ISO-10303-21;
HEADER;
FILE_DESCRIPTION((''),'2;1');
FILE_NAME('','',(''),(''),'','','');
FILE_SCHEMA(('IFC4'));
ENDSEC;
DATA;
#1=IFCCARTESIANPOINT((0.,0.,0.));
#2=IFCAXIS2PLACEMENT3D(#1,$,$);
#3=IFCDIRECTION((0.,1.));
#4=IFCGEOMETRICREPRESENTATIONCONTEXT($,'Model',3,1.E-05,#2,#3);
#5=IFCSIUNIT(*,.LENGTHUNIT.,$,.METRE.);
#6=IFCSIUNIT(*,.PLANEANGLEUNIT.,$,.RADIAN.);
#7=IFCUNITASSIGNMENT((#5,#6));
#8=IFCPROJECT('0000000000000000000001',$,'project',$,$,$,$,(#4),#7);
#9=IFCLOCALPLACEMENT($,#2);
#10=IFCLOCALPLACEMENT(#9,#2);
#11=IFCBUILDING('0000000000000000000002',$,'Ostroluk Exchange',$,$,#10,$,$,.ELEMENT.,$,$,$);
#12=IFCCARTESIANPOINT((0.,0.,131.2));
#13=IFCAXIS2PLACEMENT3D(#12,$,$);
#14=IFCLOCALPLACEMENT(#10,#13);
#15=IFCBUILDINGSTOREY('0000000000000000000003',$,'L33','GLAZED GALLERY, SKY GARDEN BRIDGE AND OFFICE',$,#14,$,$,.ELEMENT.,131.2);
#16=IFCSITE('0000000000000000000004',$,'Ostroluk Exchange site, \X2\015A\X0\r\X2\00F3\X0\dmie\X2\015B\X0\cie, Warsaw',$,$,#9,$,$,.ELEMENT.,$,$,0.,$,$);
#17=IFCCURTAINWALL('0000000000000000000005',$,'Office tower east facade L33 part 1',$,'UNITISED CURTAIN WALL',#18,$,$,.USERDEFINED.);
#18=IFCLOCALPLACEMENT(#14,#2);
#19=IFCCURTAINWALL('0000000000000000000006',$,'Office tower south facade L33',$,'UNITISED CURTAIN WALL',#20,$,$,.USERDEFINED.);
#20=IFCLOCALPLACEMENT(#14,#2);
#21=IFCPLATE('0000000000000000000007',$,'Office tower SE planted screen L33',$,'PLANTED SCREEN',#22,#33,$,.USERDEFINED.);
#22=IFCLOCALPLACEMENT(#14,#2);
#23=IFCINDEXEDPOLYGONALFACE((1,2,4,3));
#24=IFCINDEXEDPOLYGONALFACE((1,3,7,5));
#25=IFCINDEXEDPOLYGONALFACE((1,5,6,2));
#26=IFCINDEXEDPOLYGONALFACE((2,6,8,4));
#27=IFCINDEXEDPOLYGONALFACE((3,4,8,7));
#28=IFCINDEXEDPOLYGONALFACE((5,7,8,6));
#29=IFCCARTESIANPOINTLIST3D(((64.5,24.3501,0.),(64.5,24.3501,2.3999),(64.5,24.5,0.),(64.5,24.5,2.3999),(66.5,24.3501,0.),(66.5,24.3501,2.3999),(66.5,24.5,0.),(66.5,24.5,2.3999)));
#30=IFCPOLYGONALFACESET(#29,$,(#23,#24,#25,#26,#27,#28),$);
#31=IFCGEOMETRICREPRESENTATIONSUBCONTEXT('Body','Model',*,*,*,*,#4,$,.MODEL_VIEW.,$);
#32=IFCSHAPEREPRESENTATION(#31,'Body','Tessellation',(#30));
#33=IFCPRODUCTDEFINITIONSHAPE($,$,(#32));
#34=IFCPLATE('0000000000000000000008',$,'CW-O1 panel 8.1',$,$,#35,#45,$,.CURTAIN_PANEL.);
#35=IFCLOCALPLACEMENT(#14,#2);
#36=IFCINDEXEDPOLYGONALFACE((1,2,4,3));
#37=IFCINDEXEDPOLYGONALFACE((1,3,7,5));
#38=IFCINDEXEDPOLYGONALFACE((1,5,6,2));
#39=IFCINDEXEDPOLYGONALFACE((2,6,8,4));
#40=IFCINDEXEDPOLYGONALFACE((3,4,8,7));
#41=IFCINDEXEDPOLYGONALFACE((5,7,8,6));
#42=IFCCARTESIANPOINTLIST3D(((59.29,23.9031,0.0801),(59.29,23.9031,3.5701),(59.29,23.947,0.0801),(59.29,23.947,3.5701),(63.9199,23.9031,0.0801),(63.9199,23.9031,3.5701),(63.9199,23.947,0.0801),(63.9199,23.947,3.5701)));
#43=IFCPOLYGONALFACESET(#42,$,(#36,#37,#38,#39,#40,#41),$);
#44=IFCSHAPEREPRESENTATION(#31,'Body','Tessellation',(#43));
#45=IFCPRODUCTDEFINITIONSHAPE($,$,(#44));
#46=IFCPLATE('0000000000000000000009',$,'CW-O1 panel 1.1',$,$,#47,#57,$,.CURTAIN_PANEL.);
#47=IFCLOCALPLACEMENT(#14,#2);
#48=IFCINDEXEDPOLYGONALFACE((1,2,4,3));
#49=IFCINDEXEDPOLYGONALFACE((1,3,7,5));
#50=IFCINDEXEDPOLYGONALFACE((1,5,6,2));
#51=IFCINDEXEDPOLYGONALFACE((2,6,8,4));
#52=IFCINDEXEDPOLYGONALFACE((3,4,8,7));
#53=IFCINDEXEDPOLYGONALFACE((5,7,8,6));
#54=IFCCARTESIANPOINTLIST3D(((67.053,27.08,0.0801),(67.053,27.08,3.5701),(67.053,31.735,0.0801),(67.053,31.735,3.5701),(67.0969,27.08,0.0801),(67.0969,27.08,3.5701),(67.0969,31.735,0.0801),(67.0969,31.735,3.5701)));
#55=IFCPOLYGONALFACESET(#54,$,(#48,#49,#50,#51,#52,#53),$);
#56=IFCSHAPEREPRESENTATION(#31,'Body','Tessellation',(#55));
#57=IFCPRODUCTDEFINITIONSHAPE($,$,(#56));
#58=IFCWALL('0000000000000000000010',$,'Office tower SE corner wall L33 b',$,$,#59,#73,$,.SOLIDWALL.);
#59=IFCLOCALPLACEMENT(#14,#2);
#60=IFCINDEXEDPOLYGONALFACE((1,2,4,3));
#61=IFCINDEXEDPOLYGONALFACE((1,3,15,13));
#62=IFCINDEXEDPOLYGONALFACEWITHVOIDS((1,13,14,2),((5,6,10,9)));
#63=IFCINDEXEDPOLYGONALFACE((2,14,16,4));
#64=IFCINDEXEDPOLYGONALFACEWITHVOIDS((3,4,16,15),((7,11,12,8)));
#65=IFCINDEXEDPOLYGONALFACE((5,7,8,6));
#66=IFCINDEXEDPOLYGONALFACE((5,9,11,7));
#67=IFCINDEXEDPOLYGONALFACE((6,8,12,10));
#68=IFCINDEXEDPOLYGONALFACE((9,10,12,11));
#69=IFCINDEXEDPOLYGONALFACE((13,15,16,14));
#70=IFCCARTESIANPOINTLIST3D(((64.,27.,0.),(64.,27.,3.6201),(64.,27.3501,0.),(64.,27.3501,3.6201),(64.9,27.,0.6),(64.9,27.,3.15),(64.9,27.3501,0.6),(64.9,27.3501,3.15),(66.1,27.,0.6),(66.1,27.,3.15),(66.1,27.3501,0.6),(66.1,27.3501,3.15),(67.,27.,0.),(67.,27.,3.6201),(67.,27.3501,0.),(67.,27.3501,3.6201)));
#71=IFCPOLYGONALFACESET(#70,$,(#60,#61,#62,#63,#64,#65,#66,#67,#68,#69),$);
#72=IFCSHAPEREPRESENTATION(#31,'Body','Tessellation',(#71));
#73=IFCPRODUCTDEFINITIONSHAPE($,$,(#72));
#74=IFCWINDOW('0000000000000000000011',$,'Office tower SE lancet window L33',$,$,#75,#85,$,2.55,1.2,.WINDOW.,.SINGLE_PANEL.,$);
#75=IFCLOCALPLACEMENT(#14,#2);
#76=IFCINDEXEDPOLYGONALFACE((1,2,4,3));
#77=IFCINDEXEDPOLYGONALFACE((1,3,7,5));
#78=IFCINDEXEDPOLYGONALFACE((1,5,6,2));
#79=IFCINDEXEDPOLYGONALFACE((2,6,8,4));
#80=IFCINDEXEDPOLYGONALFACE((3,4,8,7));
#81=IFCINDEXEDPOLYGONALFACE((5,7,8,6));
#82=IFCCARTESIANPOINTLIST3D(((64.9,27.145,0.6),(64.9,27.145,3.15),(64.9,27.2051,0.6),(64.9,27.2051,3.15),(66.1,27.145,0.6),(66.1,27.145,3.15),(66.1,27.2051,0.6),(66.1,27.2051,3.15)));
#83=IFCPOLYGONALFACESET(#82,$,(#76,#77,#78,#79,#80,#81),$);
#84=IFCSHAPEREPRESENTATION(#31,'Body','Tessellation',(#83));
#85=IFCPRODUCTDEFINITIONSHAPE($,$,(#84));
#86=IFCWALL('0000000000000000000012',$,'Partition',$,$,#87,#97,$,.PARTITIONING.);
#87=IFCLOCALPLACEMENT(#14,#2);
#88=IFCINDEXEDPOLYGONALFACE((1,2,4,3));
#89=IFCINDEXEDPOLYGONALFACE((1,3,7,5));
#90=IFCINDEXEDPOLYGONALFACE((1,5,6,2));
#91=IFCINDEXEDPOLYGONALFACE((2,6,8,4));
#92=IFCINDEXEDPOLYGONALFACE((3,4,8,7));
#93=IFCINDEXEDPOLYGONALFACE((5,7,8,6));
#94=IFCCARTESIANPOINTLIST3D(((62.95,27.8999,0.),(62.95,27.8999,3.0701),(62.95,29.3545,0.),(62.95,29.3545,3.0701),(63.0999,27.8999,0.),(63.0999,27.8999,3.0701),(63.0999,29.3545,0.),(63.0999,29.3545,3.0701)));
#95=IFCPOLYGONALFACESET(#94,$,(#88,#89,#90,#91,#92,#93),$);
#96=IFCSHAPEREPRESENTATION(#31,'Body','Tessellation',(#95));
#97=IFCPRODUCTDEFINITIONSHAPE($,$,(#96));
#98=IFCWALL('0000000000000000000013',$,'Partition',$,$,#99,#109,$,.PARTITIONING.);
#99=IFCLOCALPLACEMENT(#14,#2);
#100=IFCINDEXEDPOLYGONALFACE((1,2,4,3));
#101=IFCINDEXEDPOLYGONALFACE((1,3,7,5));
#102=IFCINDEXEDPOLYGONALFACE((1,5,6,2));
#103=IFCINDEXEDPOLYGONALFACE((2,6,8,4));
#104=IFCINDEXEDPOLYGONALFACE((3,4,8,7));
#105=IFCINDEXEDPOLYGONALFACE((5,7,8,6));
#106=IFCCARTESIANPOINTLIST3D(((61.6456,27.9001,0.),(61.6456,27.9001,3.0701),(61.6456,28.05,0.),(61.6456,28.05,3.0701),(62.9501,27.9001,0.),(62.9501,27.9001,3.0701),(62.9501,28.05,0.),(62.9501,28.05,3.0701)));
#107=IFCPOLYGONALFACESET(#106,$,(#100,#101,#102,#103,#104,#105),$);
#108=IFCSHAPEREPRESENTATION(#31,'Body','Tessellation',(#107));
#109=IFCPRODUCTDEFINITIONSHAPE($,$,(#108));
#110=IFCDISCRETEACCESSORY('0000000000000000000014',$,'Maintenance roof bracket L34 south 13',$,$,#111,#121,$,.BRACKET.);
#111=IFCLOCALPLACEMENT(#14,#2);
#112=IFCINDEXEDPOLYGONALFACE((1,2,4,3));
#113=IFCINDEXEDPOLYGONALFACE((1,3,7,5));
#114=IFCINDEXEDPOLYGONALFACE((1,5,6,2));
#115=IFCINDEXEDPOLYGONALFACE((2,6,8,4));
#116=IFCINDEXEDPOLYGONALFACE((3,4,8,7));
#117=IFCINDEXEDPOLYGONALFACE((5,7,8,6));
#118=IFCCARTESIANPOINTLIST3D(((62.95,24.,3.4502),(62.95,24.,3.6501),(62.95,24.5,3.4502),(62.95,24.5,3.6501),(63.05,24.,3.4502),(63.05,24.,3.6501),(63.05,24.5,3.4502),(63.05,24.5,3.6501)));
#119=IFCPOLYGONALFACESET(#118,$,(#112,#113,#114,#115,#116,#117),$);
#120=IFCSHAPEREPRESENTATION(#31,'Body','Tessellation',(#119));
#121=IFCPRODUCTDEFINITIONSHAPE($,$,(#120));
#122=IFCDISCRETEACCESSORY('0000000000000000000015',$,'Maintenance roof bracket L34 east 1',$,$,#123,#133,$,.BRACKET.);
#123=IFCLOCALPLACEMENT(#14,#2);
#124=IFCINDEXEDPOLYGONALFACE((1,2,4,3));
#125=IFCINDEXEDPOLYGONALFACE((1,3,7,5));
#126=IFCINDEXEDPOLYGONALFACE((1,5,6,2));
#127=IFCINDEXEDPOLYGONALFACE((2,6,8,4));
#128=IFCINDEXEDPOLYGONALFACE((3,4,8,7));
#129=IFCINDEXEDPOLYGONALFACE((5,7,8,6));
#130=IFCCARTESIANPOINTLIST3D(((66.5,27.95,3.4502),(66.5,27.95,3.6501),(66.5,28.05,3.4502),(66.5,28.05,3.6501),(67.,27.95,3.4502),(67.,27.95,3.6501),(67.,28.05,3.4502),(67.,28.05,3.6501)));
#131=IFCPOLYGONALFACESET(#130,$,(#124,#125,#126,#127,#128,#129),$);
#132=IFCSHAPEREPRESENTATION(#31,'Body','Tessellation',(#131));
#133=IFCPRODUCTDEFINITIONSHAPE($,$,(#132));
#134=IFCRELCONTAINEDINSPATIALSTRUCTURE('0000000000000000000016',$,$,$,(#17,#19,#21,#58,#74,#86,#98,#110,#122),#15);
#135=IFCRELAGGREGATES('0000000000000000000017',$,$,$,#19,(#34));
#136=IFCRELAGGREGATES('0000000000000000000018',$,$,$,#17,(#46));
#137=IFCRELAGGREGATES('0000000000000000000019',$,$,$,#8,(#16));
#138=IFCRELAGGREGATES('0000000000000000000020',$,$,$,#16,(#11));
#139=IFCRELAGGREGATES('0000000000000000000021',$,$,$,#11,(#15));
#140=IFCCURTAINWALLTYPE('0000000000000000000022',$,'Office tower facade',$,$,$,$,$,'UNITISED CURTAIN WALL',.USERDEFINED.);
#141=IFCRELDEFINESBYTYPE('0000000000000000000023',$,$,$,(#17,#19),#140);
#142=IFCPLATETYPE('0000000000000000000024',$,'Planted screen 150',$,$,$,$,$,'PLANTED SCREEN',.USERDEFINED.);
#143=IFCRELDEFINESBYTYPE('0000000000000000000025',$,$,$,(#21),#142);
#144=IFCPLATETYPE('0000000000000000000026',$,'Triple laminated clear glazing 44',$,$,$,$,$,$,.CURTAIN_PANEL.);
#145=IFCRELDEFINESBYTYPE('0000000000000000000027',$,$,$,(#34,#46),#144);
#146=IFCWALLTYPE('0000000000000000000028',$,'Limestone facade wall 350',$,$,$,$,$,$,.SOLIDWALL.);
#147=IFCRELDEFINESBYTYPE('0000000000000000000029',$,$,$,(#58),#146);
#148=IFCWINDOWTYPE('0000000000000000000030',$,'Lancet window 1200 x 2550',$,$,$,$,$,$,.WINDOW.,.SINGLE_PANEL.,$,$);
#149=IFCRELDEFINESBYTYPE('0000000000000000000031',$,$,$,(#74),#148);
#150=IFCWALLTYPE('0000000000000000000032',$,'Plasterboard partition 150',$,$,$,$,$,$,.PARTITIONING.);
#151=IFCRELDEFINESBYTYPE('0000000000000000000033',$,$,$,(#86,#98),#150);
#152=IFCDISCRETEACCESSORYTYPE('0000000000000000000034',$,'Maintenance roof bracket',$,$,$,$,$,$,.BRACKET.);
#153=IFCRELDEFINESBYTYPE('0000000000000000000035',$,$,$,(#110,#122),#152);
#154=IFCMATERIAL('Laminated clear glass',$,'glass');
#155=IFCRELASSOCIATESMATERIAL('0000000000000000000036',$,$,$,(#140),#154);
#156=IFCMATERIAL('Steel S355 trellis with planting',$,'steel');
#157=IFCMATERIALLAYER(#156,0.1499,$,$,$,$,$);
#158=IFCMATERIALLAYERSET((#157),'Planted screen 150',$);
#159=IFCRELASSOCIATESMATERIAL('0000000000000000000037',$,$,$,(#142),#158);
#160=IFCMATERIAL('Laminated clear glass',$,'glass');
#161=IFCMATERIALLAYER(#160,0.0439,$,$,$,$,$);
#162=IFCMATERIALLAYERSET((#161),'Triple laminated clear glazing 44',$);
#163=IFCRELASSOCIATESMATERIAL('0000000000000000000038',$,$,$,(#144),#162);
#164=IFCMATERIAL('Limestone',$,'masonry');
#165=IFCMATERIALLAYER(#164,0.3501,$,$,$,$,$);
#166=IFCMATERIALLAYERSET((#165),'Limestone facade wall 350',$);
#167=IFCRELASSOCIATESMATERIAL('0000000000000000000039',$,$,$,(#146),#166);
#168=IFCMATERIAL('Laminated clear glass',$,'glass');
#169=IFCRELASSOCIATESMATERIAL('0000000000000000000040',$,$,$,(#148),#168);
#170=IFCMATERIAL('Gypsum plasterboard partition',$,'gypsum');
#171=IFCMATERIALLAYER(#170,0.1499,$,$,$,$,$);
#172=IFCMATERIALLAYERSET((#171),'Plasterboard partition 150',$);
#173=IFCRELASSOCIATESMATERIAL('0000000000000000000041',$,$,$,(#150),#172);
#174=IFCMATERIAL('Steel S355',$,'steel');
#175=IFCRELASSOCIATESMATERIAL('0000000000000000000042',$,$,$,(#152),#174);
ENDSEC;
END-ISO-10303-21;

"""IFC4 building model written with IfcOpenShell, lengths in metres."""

from ifc_helpers import new_model, si_unit, direction, frame, frame_2d, origin, origin_2d, place, context, subcontext, project, spatial, rectangle, extrude, material, layer, layer_set, type_object, element, fill, aggregate, save


model = new_model("IFC4")

# Units and contexts
model_context = context("Model", 3, precision=1e-05, world=origin(), true_north=direction((0.0, 1.0)))
body_context = subcontext(model_context, "Body", "Model", "MODEL_VIEW")
ifc_project = project(units=[si_unit("LENGTHUNIT", "METRE"), si_unit("PLANEANGLEUNIT", "RADIAN")], contexts=[model_context])

# Site, building, storey
site_placement = place(None, origin())
site = spatial("IfcSite", under=ifc_project, at=site_placement, Name="Ostroluk Exchange site, Śródmieście, Warsaw", CompositionType="ELEMENT", RefElevation=0.0)
building_placement = place(site_placement, origin())
building = spatial("IfcBuilding", under=site, at=building_placement, Name="Ostroluk Exchange", CompositionType="ELEMENT")
storey_placement = place(building_placement, frame((0.0, 0.0, 131.2)))
storey = spatial("IfcBuildingStorey", under=building, at=storey_placement, Name="L33", Description="GLAZED GALLERY, SKY GARDEN BRIDGE AND OFFICE", CompositionType="ELEMENT", Elevation=131.2)

# Curtain wall
ifc_material_1 = material(Name="Laminated clear glass", Category="glass")
curtain_wall_type = type_object("IfcCurtainWallType", Name="Office tower facade", ElementType="UNITISED CURTAIN WALL", PredefinedType="USERDEFINED", material=ifc_material_1)
curtain_wall_1_placement = place(storey_placement, origin())
curtain_wall_1 = element("IfcCurtainWall", 1, at=curtain_wall_1_placement, inside=storey, type_object=curtain_wall_type, Name="Office tower east facade L33 part 1", ObjectType="UNITISED CURTAIN WALL", PredefinedType="USERDEFINED")

# Curtain wall
curtain_wall_2_placement = place(storey_placement, origin())
curtain_wall_2 = element("IfcCurtainWall", 2, at=curtain_wall_2_placement, inside=storey, type_object=curtain_wall_type, Name="Office tower south facade L33", ObjectType="UNITISED CURTAIN WALL", PredefinedType="USERDEFINED")

# Plates
ifc_material_2 = material(Name="Steel S355 trellis with planting", Category="steel")
ifc_layer_1 = layer(ifc_material_2, 0.1499)
ifc_layer_set_1 = layer_set([ifc_layer_1], Name="Planted screen 150")
plate_type_1 = type_object("IfcPlateType", Name="Planted screen 150", ElementType="PLANTED SCREEN", PredefinedType="USERDEFINED", material=ifc_layer_set_1)
plate_1_placement = place(storey_placement, frame((65.5, 24.425, 0.0), z_axis=(0.0, 0.0, 1.0), x_axis=(1.0, 0.0, 0.0)))
element("IfcPlate", 3, at=plate_1_placement, inside=storey, type_object=plate_type_1, Name="Office tower SE planted screen L33", ObjectType="PLANTED SCREEN", PredefinedType="USERDEFINED", context=body_context, shape_type="SweptSolid", body=[
    extrude(rectangle(XDim=2.0, YDim=0.1499, at=origin_2d()), origin(), (0.0, 0.0, 1.0), 2.3999),
])
ifc_material_3 = material(Name="Laminated clear glass", Category="glass")
ifc_layer_2 = layer(ifc_material_3, 0.0439)
ifc_layer_set_2 = layer_set([ifc_layer_2], Name="Triple laminated clear glazing 44")
plate_type_2 = type_object("IfcPlateType", Name="Triple laminated clear glazing 44", PredefinedType="CURTAIN_PANEL", material=ifc_layer_set_2)
plate_2_placement = place(storey_placement, frame((61.605, 23.925, 0.0801), z_axis=(0.0, 0.0, 1.0), x_axis=(1.0, 0.0, 0.0)))
plate_2 = element("IfcPlate", 4, at=plate_2_placement, type_object=plate_type_2, Name="CW-O1 panel 8.1", PredefinedType="CURTAIN_PANEL", context=body_context, shape_type="SweptSolid", body=[
    extrude(rectangle(XDim=4.6299, YDim=0.0439, at=origin_2d()), origin(), (0.0, 0.0, 1.0), 3.49),
])
aggregate(curtain_wall_2, [plate_2])
plate_3_placement = place(storey_placement, frame((67.075, 29.4075, 0.0801), z_axis=(0.0, 0.0, 1.0), x_axis=(0.0, 1.0, 0.0)))
plate_3 = element("IfcPlate", 5, at=plate_3_placement, type_object=plate_type_2, Name="CW-O1 panel 1.1", PredefinedType="CURTAIN_PANEL", context=body_context, shape_type="SweptSolid", body=[
    extrude(rectangle(XDim=4.655, YDim=0.0439, at=origin_2d()), origin(), (0.0, 0.0, 1.0), 3.49),
])
aggregate(curtain_wall_1, [plate_3])

# Shared definitions
ifc_material_4 = material(Name="Limestone", Category="masonry")
ifc_layer_3 = layer(ifc_material_4, 0.3501)
ifc_layer_set_3 = layer_set([ifc_layer_3], Name="Limestone facade wall 350")
wall_type_1 = type_object("IfcWallType", Name="Limestone facade wall 350", PredefinedType="SOLIDWALL", material=ifc_layer_set_3)

# Wall, opening, window
wall_1_placement = place(storey_placement, frame((64.0, 27.175, 0.0), z_axis=(0.0, 0.0, 1.0), x_axis=(1.0, 0.0, 0.0)))
wall_1 = element("IfcWall", 6, at=wall_1_placement, inside=storey, type_object=wall_type_1, Name="Office tower SE corner wall L33 b", PredefinedType="SOLIDWALL", context=body_context, shape_type="SweptSolid", body=[
    extrude(rectangle(XDim=3.0, YDim=0.3501, at=frame_2d((1.5, 0.0))), origin(), (0.0, 0.0, 1.0), 3.6201),
])
opening_1_placement = place(wall_1_placement, frame((0.8999, 0.0, 0.6001)))
opening_1 = element("IfcOpeningElement", 7, at=opening_1_placement, cuts=wall_1, PredefinedType="OPENING", context=body_context, shape_type="SweptSolid", body=[
    extrude(rectangle(XDim=1.2, YDim=2.55, at=frame_2d((0.6001, 1.2749))), frame((0.0, 0.1851, 0.0), z_axis=(0.0, -1.0, 0.0), x_axis=(1.0, 0.0, 0.0)), (0.0, 0.0, 1.0), 0.3701),
])
ifc_material_5 = material(Name="Laminated clear glass", Category="glass")
window_type = type_object("IfcWindowType", Name="Lancet window 1200 x 2550", PartitioningType="SINGLE_PANEL", PredefinedType="WINDOW", material=ifc_material_5)
window_placement = place(opening_1_placement, origin())
window = element("IfcWindow", 8, at=window_placement, inside=storey, type_object=window_type, Name="Office tower SE lancet window L33", OverallHeight=2.55, OverallWidth=1.2, PartitioningType="SINGLE_PANEL", PredefinedType="WINDOW", context=body_context, shape_type="SweptSolid", body=[
    extrude(rectangle(XDim=1.2, YDim=2.55, at=frame_2d((0.6001, 1.2749))), frame((0.0, 0.03, 0.0), z_axis=(0.0, -1.0, 0.0), x_axis=(1.0, 0.0, 0.0)), (0.0, 0.0, 1.0), 0.0601),
])
fill(opening_1, window)

# Walls
ifc_material_6 = material(Name="Gypsum plasterboard partition", Category="gypsum")
ifc_layer_4 = layer(ifc_material_6, 0.1499)
ifc_layer_set_4 = layer_set([ifc_layer_4], Name="Plasterboard partition 150")
wall_type_2 = type_object("IfcWallType", Name="Plasterboard partition 150", PredefinedType="PARTITIONING", material=ifc_layer_set_4)
wall_2_placement = place(storey_placement, frame((63.0249, 27.8999, 0.0), z_axis=(0.0, 0.0, 1.0), x_axis=(0.0, 1.0, 0.0)))
element("IfcWall", 9, at=wall_2_placement, inside=storey, type_object=wall_type_2, Name="Partition", PredefinedType="PARTITIONING", context=body_context, shape_type="SweptSolid", body=[
    extrude(rectangle(XDim=1.4546, YDim=0.1499, at=frame_2d((0.7273, 0.0))), origin(), (0.0, 0.0, 1.0), 3.0701),
])
wall_3_placement = place(storey_placement, frame((61.6455, 27.9751, 0.0), z_axis=(0.0, 0.0, 1.0), x_axis=(1.0, 0.0, 0.0)))
element("IfcWall", 10, at=wall_3_placement, inside=storey, type_object=wall_type_2, Name="Partition", PredefinedType="PARTITIONING", context=body_context, shape_type="SweptSolid", body=[
    extrude(rectangle(XDim=1.3044, YDim=0.1499, at=frame_2d((0.6523, 0.0))), origin(), (0.0, 0.0, 1.0), 3.0701),
])

# Discrete accessories
ifc_material_7 = material(Name="Steel S355", Category="steel")
discrete_accessory_type = type_object("IfcDiscreteAccessoryType", Name="Maintenance roof bracket", PredefinedType="BRACKET", material=ifc_material_7)
discrete_accessory_1_placement = place(storey_placement, frame((63.0, 24.25, 3.4502), z_axis=(0.0, 0.0, 1.0), x_axis=(1.0, 0.0, 0.0)))
element("IfcDiscreteAccessory", 11, at=discrete_accessory_1_placement, inside=storey, type_object=discrete_accessory_type, Name="Maintenance roof bracket L34 south 13", PredefinedType="BRACKET", context=body_context, shape_type="SweptSolid", body=[
    extrude(rectangle(XDim=0.1001, YDim=0.5, at=origin_2d()), origin(), (0.0, 0.0, 1.0), 0.2),
])
discrete_accessory_2_placement = place(storey_placement, frame((66.75, 28.0, 3.4502), z_axis=(0.0, 0.0, 1.0), x_axis=(1.0, 0.0, 0.0)))
element("IfcDiscreteAccessory", 12, at=discrete_accessory_2_placement, inside=storey, type_object=discrete_accessory_type, Name="Maintenance roof bracket L34 east 1", PredefinedType="BRACKET", context=body_context, shape_type="SweptSolid", body=[
    extrude(rectangle(XDim=0.5, YDim=0.1001, at=origin_2d()), origin(), (0.0, 0.0, 1.0), 0.2),
])

save(model, "model.ifc")
